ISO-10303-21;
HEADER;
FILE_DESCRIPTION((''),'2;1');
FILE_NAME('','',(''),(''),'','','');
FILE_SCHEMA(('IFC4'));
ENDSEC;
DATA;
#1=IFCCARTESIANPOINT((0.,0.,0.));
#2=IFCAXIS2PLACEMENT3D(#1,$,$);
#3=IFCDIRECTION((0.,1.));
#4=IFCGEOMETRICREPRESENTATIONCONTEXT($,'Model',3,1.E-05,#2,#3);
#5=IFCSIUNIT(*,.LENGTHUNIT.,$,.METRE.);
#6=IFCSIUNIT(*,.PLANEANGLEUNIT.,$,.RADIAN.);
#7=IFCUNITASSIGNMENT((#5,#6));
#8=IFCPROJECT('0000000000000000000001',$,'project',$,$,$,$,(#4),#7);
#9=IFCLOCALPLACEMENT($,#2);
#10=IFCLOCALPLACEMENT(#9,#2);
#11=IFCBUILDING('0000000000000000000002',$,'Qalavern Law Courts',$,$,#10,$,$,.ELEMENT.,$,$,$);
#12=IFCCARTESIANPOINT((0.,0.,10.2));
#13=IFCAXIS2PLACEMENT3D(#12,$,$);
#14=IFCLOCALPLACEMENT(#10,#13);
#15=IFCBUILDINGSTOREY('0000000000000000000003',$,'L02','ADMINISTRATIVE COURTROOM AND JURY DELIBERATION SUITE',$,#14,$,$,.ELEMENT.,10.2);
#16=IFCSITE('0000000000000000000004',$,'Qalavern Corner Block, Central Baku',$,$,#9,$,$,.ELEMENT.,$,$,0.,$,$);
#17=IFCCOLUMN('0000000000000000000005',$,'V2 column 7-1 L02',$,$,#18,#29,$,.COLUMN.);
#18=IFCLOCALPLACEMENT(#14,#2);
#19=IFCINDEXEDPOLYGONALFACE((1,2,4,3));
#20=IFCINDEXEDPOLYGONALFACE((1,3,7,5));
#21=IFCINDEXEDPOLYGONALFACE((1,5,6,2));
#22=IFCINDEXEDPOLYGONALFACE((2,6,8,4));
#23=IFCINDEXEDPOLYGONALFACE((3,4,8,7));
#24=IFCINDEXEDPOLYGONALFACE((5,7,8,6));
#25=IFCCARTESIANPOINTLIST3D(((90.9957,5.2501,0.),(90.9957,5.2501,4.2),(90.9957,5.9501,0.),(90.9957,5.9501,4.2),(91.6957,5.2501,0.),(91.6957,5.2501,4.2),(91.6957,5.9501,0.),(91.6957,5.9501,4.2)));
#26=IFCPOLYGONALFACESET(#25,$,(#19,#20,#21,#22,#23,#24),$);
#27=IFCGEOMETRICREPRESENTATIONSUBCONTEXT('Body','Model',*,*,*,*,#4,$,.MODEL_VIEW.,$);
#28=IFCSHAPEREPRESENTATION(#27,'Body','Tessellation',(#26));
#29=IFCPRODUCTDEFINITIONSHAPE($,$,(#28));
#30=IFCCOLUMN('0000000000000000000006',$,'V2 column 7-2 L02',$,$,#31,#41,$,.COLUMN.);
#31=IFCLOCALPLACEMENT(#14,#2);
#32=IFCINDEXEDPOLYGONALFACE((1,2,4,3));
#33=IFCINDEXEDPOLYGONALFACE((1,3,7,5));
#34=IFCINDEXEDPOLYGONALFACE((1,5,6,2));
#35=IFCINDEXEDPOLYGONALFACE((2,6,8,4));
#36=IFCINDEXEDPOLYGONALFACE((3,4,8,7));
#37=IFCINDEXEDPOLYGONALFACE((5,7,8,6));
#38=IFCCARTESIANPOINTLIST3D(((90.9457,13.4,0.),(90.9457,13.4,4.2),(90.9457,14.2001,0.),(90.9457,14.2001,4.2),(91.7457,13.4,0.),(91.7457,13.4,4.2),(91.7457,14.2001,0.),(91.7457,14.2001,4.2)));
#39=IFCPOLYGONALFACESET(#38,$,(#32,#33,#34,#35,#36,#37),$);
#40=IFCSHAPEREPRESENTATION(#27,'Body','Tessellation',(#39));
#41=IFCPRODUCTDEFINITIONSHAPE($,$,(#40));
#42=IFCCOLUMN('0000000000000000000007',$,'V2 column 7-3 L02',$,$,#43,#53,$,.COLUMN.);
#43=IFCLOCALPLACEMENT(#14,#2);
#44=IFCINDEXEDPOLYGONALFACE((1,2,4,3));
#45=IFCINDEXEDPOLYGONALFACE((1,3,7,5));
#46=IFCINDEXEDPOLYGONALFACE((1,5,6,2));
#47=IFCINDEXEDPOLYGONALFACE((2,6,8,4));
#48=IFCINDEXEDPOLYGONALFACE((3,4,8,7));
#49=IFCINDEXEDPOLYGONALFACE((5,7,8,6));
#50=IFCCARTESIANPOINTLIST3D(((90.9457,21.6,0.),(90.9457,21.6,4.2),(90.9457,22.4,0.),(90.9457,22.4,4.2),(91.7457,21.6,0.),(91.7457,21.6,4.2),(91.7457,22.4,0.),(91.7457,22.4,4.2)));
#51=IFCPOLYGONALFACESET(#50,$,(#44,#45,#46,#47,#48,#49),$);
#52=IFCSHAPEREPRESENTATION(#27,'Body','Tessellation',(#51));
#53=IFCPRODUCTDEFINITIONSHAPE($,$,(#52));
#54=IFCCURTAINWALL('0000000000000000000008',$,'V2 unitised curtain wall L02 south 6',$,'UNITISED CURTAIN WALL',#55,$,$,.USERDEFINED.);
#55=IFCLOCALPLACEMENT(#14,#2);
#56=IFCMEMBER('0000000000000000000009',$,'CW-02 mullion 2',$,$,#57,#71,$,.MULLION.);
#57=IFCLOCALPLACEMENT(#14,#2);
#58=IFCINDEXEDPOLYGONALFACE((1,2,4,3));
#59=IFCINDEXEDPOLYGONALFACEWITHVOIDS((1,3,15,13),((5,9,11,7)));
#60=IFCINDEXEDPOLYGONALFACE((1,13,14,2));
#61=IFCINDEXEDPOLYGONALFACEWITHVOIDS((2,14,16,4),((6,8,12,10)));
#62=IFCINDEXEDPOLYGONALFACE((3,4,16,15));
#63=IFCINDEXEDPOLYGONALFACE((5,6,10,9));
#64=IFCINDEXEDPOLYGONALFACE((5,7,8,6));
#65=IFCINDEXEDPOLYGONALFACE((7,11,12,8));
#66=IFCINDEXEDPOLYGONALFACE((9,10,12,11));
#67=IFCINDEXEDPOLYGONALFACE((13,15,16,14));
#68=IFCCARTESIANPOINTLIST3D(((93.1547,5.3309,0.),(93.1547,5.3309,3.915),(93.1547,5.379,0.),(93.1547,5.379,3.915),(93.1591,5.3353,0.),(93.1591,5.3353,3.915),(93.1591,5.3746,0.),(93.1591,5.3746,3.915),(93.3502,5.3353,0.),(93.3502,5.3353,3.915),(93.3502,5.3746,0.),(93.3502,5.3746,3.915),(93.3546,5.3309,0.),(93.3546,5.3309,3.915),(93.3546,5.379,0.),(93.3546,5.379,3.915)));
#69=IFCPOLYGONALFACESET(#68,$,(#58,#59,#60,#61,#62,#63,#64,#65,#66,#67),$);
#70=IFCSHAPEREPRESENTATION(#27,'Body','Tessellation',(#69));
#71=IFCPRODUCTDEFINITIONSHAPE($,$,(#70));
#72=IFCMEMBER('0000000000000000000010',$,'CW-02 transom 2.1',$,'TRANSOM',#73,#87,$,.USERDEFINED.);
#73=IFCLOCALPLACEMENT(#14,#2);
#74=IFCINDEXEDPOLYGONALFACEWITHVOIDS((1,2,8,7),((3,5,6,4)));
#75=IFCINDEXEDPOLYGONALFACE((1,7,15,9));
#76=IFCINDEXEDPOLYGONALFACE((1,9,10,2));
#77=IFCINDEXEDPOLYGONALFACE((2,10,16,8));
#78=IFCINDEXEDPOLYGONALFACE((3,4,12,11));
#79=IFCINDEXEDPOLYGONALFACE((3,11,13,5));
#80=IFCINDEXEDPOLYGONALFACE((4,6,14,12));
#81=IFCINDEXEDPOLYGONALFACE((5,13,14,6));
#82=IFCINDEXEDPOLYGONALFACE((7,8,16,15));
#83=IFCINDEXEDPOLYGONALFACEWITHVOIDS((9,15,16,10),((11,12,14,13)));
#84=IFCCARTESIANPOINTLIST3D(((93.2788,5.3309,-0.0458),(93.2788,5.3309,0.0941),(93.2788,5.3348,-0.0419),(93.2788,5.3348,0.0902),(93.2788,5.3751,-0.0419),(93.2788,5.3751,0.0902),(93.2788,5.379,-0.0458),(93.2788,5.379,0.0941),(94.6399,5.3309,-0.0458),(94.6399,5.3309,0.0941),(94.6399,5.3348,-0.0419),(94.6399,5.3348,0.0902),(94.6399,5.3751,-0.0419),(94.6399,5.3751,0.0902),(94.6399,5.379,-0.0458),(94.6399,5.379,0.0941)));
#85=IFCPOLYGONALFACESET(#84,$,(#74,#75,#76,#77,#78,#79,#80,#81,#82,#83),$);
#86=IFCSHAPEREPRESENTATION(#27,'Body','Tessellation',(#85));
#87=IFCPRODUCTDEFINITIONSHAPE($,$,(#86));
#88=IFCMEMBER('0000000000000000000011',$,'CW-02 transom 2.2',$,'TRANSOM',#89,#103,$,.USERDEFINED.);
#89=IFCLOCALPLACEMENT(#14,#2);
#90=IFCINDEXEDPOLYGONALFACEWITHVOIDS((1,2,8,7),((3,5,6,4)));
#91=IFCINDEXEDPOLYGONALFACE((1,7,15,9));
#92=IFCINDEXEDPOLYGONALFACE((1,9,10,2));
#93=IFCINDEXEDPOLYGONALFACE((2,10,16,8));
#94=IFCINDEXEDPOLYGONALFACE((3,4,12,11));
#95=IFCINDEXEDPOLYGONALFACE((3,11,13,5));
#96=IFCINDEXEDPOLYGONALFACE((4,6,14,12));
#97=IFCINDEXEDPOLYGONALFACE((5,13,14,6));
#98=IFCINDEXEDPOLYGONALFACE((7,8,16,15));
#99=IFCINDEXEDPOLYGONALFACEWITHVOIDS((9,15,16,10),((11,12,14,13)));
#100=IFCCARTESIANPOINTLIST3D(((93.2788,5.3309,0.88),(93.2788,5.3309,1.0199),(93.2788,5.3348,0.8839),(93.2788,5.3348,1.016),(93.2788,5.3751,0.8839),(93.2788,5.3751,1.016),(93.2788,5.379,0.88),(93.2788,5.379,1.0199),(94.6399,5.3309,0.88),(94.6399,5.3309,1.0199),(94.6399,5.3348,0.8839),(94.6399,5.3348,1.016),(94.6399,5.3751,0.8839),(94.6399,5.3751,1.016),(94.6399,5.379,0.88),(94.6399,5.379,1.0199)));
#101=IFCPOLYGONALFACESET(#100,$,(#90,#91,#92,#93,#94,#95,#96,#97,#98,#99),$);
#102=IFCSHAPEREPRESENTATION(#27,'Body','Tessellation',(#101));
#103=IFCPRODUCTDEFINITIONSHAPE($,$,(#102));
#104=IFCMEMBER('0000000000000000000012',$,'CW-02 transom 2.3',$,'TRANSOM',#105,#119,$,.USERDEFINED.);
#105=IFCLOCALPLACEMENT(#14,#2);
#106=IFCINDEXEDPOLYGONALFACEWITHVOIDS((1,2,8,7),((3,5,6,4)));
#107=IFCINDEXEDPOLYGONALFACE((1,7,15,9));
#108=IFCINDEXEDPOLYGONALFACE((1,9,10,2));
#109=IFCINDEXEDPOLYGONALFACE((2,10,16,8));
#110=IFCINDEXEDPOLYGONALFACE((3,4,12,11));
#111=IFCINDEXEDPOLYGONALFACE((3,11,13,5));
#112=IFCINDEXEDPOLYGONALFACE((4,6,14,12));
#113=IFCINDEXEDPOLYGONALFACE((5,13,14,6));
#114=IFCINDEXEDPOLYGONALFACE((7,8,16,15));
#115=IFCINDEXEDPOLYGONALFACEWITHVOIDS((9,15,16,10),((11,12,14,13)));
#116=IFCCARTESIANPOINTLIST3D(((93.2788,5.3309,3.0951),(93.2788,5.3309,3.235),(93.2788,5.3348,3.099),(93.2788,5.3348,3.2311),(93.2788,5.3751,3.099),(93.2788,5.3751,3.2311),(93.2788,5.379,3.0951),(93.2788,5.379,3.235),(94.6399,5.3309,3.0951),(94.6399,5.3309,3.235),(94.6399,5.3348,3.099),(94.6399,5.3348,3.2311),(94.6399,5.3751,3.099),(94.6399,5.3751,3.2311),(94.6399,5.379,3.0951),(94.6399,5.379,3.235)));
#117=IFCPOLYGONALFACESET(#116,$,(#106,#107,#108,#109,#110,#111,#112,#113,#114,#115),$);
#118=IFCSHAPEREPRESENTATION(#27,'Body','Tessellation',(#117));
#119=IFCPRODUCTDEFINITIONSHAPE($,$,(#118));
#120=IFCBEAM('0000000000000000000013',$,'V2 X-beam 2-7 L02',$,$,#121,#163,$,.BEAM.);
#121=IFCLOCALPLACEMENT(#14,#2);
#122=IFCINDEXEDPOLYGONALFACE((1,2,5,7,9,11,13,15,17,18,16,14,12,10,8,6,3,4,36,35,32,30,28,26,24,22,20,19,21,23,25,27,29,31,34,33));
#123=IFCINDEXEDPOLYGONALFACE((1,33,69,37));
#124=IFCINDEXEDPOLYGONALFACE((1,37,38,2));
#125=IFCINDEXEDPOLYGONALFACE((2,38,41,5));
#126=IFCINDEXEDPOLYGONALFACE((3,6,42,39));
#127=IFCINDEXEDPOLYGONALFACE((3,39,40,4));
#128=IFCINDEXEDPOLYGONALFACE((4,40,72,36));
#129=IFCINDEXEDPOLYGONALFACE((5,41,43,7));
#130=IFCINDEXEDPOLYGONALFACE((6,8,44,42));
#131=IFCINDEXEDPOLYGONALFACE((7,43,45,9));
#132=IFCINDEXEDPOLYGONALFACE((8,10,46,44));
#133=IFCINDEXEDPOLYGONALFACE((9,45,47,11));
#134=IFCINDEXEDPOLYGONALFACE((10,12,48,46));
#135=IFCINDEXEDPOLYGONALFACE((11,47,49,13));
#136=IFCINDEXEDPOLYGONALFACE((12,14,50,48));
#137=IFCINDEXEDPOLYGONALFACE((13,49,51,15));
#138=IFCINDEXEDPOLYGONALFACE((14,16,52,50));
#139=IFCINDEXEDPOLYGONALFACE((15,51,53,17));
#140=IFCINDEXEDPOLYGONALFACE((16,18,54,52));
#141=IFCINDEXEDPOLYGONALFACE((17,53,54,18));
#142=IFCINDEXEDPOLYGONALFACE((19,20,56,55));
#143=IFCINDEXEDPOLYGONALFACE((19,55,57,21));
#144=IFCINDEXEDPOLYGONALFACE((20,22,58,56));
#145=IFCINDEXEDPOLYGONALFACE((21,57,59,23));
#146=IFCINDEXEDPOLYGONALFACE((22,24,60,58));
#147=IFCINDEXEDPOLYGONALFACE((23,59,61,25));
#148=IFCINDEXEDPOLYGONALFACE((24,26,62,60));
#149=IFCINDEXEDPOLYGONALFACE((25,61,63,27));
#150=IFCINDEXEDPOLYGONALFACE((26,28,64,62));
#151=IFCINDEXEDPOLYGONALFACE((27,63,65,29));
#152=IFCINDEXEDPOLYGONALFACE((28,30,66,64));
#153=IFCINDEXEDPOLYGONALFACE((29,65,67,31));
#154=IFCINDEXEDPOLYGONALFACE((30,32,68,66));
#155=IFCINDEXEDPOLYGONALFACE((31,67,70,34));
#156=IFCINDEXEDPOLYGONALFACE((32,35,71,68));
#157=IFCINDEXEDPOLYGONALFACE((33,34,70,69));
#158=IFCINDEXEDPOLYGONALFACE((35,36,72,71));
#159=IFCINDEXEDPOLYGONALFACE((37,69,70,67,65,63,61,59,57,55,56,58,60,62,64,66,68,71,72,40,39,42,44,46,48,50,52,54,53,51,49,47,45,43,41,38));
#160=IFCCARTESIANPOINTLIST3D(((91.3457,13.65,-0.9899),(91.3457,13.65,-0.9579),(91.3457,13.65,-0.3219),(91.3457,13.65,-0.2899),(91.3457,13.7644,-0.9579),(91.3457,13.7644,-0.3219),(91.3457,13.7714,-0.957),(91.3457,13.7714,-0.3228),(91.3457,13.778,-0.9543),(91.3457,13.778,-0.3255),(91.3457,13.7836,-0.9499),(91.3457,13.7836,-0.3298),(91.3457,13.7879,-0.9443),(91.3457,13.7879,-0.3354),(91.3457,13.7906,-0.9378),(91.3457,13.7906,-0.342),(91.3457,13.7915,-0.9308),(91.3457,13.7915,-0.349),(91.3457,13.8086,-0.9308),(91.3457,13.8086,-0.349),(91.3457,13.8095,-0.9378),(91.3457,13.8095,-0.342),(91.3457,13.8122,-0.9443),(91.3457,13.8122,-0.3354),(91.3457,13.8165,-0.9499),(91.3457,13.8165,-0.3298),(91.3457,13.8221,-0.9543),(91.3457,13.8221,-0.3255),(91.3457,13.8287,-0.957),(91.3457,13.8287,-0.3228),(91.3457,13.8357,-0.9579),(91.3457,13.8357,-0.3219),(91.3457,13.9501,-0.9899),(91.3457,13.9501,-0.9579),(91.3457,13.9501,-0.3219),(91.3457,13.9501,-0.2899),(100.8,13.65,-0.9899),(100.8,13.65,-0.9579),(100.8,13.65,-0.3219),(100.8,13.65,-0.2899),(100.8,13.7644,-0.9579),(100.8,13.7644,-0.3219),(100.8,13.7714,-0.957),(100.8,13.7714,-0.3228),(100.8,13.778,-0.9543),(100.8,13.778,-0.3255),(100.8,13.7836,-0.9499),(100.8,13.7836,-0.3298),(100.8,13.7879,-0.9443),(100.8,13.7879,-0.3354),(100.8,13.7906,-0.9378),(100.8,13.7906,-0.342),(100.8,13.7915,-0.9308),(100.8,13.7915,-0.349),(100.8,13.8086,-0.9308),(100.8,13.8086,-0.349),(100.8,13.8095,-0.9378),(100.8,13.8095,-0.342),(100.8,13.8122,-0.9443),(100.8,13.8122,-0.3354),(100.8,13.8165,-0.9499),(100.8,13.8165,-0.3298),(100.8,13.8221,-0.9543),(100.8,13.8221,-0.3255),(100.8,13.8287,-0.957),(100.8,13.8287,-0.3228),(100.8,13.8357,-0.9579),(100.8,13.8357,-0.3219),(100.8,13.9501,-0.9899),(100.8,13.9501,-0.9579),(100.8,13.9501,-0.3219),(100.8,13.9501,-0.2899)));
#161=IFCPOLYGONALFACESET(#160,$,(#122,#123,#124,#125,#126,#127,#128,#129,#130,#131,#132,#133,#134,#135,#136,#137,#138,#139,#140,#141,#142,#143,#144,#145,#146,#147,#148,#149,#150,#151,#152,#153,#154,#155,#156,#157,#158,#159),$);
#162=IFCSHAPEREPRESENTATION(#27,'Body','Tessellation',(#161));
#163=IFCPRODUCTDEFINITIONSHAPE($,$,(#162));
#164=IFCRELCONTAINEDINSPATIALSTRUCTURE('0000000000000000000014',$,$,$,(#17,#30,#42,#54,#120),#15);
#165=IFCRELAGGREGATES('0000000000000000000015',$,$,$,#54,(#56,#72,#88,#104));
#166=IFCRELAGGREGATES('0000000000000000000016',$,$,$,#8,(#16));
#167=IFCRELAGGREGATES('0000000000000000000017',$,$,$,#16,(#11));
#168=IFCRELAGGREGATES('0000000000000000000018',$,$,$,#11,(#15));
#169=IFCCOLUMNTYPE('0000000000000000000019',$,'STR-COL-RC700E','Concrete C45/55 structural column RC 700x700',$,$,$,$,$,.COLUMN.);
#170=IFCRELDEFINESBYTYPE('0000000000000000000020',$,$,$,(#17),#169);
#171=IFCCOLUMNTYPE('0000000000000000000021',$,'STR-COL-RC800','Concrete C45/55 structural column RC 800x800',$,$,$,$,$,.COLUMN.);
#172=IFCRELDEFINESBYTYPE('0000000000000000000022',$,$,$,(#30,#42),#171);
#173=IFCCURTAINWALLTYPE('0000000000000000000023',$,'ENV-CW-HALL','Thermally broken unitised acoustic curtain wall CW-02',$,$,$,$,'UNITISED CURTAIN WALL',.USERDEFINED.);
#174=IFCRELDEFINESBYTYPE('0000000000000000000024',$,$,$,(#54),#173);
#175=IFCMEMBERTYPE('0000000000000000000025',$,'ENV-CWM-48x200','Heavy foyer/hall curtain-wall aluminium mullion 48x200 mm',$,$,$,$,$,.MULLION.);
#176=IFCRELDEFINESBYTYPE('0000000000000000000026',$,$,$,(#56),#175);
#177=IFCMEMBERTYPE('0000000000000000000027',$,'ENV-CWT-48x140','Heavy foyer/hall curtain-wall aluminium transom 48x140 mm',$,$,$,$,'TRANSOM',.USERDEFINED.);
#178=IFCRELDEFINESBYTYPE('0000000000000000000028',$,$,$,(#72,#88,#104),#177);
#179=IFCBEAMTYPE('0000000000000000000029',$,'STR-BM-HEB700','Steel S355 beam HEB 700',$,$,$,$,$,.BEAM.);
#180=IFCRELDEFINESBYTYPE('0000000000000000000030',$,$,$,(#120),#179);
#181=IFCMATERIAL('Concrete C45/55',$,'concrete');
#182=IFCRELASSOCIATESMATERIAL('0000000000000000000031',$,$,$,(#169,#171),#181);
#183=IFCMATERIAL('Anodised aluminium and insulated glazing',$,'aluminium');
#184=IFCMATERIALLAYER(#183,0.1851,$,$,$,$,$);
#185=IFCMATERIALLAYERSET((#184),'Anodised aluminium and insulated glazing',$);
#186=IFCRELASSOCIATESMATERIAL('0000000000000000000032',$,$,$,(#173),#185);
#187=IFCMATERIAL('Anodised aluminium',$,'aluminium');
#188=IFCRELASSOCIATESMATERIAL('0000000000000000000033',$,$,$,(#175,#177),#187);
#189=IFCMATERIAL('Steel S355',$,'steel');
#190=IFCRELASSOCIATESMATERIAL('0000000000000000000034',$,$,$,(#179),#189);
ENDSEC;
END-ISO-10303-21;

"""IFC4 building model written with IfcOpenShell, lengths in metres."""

from ifc_helpers import new_model, si_unit, direction, frame, origin, origin_2d, place, context, subcontext, project, spatial, rectangle, hollow_rectangle, i_section, extrude, material, layer, layer_set, material_profile, profile_set, type_object, element, aggregate, save


model = new_model("IFC4")

# Units and contexts
model_context = context("Model", 3, precision=1e-05, world=origin(), true_north=direction((0.0, 1.0)))
body_context = subcontext(model_context, "Body", "Model", "MODEL_VIEW")
ifc_project = project(units=[si_unit("LENGTHUNIT", "METRE"), si_unit("PLANEANGLEUNIT", "RADIAN")], contexts=[model_context])

# Site, building, storey
site_placement = place(None, origin())
site = spatial("IfcSite", under=ifc_project, at=site_placement, Name="Qalavern Corner Block, Central Baku", CompositionType="ELEMENT", RefElevation=0.0)
building_placement = place(site_placement, origin())
building = spatial("IfcBuilding", under=site, at=building_placement, Name="Qalavern Law Courts", CompositionType="ELEMENT")
storey_placement = place(building_placement, frame((0.0, 0.0, 10.2)))
storey = spatial("IfcBuildingStorey", under=building, at=storey_placement, Name="L02", Description="ADMINISTRATIVE COURTROOM AND JURY DELIBERATION SUITE", CompositionType="ELEMENT", Elevation=10.2)

# Columns
ifc_material_1 = material(Name="Concrete C45/55", Category="concrete")
ifc_material_profile_1 = material_profile(ifc_material_1, rectangle(XDim=0.7, YDim=0.7, at=origin_2d()), Name="RC 700x700")
ifc_profile_set_1 = profile_set([ifc_material_profile_1], Name="Concrete C45/55")
column_type_1 = type_object("IfcColumnType", Name="STR-COL-RC700E", Description="Concrete C45/55 structural column RC 700x700", PredefinedType="COLUMN", material=ifc_profile_set_1)
column_placement = place(storey_placement, frame((91.3457, 5.6001, 0.0), z_axis=(0.0, 0.0, 1.0), x_axis=(1.0, 0.0, 0.0)))
element("IfcColumn", 1, at=column_placement, inside=storey, type_object=column_type_1, Name="V2 column 7-1 L02", PredefinedType="COLUMN", context=body_context, shape_type="SweptSolid", body=[
    extrude(rectangle(XDim=0.7, YDim=0.7, at=origin_2d()), origin(), (0.0, 0.0, 1.0), 4.2),
])
ifc_material_profile_2 = material_profile(ifc_material_1, rectangle(XDim=0.8, YDim=0.8, at=origin_2d()), Name="RC 800x800")
ifc_profile_set_2 = profile_set([ifc_material_profile_2], Name="Concrete C45/55")
column_type_2 = type_object("IfcColumnType", Name="STR-COL-RC800", Description="Concrete C45/55 structural column RC 800x800", PredefinedType="COLUMN", material=ifc_profile_set_2)
for number, where, z_axis, x_axis, name in (
    (2, (91.3457, 13.8, 0.0), (0.0, 0.0, 1.0), (1.0, 0.0, 0.0), "V2 column 7-2 L02"),
    (3, (91.3457, 22.0, 0.0), (0.0, 0.0, 1.0), (1.0, 0.0, 0.0), "V2 column 7-3 L02"),
):
    element("IfcColumn", number, at=place(storey_placement, frame(where, z_axis=z_axis, x_axis=x_axis)), inside=storey, type_object=column_type_2, Name=name, PredefinedType="COLUMN", context=body_context, shape_type="SweptSolid", body=[
        extrude(rectangle(XDim=0.8, YDim=0.8, at=origin_2d()), origin(), (0.0, 0.0, 1.0), 4.2),
    ])

# Curtain wall, members
ifc_material_2 = material(Name="Anodised aluminium and insulated glazing", Category="aluminium")
ifc_layer_1 = layer(ifc_material_2, 0.1851)
ifc_layer_set_1 = layer_set([ifc_layer_1], Name="Anodised aluminium and insulated glazing")
curtain_wall_type = type_object("IfcCurtainWallType", Name="ENV-CW-HALL", Description="Thermally broken unitised acoustic curtain wall CW-02", ElementType="UNITISED CURTAIN WALL", PredefinedType="USERDEFINED", material=ifc_layer_set_1)
curtain_wall_placement = place(storey_placement, origin())
curtain_wall = element("IfcCurtainWall", 4, at=curtain_wall_placement, inside=storey, type_object=curtain_wall_type, Name="V2 unitised curtain wall L02 south 6", ObjectType="UNITISED CURTAIN WALL", PredefinedType="USERDEFINED")
ifc_material_3 = material(Name="Anodised aluminium", Category="aluminium")
ifc_material_profile_3 = material_profile(ifc_material_3, hollow_rectangle(XDim=0.0481, YDim=0.2, WallThickness=0.0044, at=origin_2d()), Name="ALU MULLION 48x200")
ifc_profile_set_3 = profile_set([ifc_material_profile_3], Name="Anodised aluminium")
member_type_1 = type_object("IfcMemberType", Name="ENV-CWM-48x200", Description="Heavy foyer/hall curtain-wall aluminium mullion 48x200 mm", PredefinedType="MULLION", material=ifc_profile_set_3)
member_1_placement = place(storey_placement, frame((93.2546, 5.355, 0.0), z_axis=(0.0, 0.0, 1.0), x_axis=(0.0, 1.0, 0.0)))
member_1 = element("IfcMember", 5, at=member_1_placement, type_object=member_type_1, Name="CW-02 mullion 2", PredefinedType="MULLION", context=body_context, shape_type="SweptSolid", body=[
    extrude(hollow_rectangle(XDim=0.0481, YDim=0.2, WallThickness=0.0044, at=origin_2d()), origin(), (0.0, 0.0, 1.0), 3.915),
])
ifc_material_profile_4 = material_profile(ifc_material_3, hollow_rectangle(XDim=0.0481, YDim=0.1399, WallThickness=0.0039, at=origin_2d()), Name="ALU TRANSOM 48x140")
ifc_profile_set_4 = profile_set([ifc_material_profile_4], Name="Anodised aluminium")
member_type_2 = type_object("IfcMemberType", Name="ENV-CWT-48x140", Description="Heavy foyer/hall curtain-wall aluminium transom 48x140 mm", ElementType="TRANSOM", PredefinedType="USERDEFINED", material=ifc_profile_set_4)
member_2_placement = place(storey_placement, frame((93.2788, 5.355, 0.0242), z_axis=(1.0, 0.0, 0.0), x_axis=(0.0, 1.0, 0.0)))
member_2 = element("IfcMember", 6, at=member_2_placement, type_object=member_type_2, Name="CW-02 transom 2.1", ObjectType="TRANSOM", PredefinedType="USERDEFINED", context=body_context, shape_type="SweptSolid", body=[
    extrude(hollow_rectangle(XDim=0.0481, YDim=0.1399, WallThickness=0.0039, at=origin_2d()), origin(), (0.0, 0.0, 1.0), 1.3611),
])
member_3_placement = place(storey_placement, frame((93.2788, 5.355, 0.95), z_axis=(1.0, 0.0, 0.0), x_axis=(0.0, 1.0, 0.0)))
member_3 = element("IfcMember", 7, at=member_3_placement, type_object=member_type_2, Name="CW-02 transom 2.2", ObjectType="TRANSOM", PredefinedType="USERDEFINED", context=body_context, shape_type="SweptSolid", body=[
    extrude(hollow_rectangle(XDim=0.0481, YDim=0.1399, WallThickness=0.0039, at=origin_2d()), origin(), (0.0, 0.0, 1.0), 1.3611),
])
member_4_placement = place(storey_placement, frame((93.2788, 5.355, 3.165), z_axis=(1.0, 0.0, 0.0), x_axis=(0.0, 1.0, 0.0)))
member_4 = element("IfcMember", 8, at=member_4_placement, type_object=member_type_2, Name="CW-02 transom 2.3", ObjectType="TRANSOM", PredefinedType="USERDEFINED", context=body_context, shape_type="SweptSolid", body=[
    extrude(hollow_rectangle(XDim=0.0481, YDim=0.1399, WallThickness=0.0039, at=origin_2d()), origin(), (0.0, 0.0, 1.0), 1.3611),
])

# Beam
ifc_material_4 = material(Name="Steel S355", Category="steel")
ifc_material_profile_5 = material_profile(ifc_material_4, i_section(OverallWidth=0.3, OverallDepth=0.7, WebThickness=0.0171, FlangeThickness=0.032, FilletRadius=0.0271, at=origin_2d()), Name="HEB 700")
ifc_profile_set_5 = profile_set([ifc_material_profile_5], Name="Steel S355")
beam_type_1 = type_object("IfcBeamType", Name="STR-BM-HEB700", Description="Steel S355 beam HEB 700", PredefinedType="BEAM", material=ifc_profile_set_5)
beam_1_placement = place(storey_placement, frame((91.3457, 13.8, -0.6399), z_axis=(1.0, 0.0, 0.0), x_axis=(0.0, 1.0, 0.0)))
element("IfcBeam", 9, at=beam_1_placement, inside=storey, type_object=beam_type_1, Name="V2 X-beam 2-7 L02", PredefinedType="BEAM", context=body_context, shape_type="SweptSolid", body=[
    extrude(i_section(OverallWidth=0.3, OverallDepth=0.7, WebThickness=0.0171, FlangeThickness=0.032, FilletRadius=0.0271, at=origin_2d()), origin(), (0.0, 0.0, 1.0), 9.4543),
])

aggregate(curtain_wall, [member_1, member_2, member_3, member_4])

save(model, "model.ifc")
